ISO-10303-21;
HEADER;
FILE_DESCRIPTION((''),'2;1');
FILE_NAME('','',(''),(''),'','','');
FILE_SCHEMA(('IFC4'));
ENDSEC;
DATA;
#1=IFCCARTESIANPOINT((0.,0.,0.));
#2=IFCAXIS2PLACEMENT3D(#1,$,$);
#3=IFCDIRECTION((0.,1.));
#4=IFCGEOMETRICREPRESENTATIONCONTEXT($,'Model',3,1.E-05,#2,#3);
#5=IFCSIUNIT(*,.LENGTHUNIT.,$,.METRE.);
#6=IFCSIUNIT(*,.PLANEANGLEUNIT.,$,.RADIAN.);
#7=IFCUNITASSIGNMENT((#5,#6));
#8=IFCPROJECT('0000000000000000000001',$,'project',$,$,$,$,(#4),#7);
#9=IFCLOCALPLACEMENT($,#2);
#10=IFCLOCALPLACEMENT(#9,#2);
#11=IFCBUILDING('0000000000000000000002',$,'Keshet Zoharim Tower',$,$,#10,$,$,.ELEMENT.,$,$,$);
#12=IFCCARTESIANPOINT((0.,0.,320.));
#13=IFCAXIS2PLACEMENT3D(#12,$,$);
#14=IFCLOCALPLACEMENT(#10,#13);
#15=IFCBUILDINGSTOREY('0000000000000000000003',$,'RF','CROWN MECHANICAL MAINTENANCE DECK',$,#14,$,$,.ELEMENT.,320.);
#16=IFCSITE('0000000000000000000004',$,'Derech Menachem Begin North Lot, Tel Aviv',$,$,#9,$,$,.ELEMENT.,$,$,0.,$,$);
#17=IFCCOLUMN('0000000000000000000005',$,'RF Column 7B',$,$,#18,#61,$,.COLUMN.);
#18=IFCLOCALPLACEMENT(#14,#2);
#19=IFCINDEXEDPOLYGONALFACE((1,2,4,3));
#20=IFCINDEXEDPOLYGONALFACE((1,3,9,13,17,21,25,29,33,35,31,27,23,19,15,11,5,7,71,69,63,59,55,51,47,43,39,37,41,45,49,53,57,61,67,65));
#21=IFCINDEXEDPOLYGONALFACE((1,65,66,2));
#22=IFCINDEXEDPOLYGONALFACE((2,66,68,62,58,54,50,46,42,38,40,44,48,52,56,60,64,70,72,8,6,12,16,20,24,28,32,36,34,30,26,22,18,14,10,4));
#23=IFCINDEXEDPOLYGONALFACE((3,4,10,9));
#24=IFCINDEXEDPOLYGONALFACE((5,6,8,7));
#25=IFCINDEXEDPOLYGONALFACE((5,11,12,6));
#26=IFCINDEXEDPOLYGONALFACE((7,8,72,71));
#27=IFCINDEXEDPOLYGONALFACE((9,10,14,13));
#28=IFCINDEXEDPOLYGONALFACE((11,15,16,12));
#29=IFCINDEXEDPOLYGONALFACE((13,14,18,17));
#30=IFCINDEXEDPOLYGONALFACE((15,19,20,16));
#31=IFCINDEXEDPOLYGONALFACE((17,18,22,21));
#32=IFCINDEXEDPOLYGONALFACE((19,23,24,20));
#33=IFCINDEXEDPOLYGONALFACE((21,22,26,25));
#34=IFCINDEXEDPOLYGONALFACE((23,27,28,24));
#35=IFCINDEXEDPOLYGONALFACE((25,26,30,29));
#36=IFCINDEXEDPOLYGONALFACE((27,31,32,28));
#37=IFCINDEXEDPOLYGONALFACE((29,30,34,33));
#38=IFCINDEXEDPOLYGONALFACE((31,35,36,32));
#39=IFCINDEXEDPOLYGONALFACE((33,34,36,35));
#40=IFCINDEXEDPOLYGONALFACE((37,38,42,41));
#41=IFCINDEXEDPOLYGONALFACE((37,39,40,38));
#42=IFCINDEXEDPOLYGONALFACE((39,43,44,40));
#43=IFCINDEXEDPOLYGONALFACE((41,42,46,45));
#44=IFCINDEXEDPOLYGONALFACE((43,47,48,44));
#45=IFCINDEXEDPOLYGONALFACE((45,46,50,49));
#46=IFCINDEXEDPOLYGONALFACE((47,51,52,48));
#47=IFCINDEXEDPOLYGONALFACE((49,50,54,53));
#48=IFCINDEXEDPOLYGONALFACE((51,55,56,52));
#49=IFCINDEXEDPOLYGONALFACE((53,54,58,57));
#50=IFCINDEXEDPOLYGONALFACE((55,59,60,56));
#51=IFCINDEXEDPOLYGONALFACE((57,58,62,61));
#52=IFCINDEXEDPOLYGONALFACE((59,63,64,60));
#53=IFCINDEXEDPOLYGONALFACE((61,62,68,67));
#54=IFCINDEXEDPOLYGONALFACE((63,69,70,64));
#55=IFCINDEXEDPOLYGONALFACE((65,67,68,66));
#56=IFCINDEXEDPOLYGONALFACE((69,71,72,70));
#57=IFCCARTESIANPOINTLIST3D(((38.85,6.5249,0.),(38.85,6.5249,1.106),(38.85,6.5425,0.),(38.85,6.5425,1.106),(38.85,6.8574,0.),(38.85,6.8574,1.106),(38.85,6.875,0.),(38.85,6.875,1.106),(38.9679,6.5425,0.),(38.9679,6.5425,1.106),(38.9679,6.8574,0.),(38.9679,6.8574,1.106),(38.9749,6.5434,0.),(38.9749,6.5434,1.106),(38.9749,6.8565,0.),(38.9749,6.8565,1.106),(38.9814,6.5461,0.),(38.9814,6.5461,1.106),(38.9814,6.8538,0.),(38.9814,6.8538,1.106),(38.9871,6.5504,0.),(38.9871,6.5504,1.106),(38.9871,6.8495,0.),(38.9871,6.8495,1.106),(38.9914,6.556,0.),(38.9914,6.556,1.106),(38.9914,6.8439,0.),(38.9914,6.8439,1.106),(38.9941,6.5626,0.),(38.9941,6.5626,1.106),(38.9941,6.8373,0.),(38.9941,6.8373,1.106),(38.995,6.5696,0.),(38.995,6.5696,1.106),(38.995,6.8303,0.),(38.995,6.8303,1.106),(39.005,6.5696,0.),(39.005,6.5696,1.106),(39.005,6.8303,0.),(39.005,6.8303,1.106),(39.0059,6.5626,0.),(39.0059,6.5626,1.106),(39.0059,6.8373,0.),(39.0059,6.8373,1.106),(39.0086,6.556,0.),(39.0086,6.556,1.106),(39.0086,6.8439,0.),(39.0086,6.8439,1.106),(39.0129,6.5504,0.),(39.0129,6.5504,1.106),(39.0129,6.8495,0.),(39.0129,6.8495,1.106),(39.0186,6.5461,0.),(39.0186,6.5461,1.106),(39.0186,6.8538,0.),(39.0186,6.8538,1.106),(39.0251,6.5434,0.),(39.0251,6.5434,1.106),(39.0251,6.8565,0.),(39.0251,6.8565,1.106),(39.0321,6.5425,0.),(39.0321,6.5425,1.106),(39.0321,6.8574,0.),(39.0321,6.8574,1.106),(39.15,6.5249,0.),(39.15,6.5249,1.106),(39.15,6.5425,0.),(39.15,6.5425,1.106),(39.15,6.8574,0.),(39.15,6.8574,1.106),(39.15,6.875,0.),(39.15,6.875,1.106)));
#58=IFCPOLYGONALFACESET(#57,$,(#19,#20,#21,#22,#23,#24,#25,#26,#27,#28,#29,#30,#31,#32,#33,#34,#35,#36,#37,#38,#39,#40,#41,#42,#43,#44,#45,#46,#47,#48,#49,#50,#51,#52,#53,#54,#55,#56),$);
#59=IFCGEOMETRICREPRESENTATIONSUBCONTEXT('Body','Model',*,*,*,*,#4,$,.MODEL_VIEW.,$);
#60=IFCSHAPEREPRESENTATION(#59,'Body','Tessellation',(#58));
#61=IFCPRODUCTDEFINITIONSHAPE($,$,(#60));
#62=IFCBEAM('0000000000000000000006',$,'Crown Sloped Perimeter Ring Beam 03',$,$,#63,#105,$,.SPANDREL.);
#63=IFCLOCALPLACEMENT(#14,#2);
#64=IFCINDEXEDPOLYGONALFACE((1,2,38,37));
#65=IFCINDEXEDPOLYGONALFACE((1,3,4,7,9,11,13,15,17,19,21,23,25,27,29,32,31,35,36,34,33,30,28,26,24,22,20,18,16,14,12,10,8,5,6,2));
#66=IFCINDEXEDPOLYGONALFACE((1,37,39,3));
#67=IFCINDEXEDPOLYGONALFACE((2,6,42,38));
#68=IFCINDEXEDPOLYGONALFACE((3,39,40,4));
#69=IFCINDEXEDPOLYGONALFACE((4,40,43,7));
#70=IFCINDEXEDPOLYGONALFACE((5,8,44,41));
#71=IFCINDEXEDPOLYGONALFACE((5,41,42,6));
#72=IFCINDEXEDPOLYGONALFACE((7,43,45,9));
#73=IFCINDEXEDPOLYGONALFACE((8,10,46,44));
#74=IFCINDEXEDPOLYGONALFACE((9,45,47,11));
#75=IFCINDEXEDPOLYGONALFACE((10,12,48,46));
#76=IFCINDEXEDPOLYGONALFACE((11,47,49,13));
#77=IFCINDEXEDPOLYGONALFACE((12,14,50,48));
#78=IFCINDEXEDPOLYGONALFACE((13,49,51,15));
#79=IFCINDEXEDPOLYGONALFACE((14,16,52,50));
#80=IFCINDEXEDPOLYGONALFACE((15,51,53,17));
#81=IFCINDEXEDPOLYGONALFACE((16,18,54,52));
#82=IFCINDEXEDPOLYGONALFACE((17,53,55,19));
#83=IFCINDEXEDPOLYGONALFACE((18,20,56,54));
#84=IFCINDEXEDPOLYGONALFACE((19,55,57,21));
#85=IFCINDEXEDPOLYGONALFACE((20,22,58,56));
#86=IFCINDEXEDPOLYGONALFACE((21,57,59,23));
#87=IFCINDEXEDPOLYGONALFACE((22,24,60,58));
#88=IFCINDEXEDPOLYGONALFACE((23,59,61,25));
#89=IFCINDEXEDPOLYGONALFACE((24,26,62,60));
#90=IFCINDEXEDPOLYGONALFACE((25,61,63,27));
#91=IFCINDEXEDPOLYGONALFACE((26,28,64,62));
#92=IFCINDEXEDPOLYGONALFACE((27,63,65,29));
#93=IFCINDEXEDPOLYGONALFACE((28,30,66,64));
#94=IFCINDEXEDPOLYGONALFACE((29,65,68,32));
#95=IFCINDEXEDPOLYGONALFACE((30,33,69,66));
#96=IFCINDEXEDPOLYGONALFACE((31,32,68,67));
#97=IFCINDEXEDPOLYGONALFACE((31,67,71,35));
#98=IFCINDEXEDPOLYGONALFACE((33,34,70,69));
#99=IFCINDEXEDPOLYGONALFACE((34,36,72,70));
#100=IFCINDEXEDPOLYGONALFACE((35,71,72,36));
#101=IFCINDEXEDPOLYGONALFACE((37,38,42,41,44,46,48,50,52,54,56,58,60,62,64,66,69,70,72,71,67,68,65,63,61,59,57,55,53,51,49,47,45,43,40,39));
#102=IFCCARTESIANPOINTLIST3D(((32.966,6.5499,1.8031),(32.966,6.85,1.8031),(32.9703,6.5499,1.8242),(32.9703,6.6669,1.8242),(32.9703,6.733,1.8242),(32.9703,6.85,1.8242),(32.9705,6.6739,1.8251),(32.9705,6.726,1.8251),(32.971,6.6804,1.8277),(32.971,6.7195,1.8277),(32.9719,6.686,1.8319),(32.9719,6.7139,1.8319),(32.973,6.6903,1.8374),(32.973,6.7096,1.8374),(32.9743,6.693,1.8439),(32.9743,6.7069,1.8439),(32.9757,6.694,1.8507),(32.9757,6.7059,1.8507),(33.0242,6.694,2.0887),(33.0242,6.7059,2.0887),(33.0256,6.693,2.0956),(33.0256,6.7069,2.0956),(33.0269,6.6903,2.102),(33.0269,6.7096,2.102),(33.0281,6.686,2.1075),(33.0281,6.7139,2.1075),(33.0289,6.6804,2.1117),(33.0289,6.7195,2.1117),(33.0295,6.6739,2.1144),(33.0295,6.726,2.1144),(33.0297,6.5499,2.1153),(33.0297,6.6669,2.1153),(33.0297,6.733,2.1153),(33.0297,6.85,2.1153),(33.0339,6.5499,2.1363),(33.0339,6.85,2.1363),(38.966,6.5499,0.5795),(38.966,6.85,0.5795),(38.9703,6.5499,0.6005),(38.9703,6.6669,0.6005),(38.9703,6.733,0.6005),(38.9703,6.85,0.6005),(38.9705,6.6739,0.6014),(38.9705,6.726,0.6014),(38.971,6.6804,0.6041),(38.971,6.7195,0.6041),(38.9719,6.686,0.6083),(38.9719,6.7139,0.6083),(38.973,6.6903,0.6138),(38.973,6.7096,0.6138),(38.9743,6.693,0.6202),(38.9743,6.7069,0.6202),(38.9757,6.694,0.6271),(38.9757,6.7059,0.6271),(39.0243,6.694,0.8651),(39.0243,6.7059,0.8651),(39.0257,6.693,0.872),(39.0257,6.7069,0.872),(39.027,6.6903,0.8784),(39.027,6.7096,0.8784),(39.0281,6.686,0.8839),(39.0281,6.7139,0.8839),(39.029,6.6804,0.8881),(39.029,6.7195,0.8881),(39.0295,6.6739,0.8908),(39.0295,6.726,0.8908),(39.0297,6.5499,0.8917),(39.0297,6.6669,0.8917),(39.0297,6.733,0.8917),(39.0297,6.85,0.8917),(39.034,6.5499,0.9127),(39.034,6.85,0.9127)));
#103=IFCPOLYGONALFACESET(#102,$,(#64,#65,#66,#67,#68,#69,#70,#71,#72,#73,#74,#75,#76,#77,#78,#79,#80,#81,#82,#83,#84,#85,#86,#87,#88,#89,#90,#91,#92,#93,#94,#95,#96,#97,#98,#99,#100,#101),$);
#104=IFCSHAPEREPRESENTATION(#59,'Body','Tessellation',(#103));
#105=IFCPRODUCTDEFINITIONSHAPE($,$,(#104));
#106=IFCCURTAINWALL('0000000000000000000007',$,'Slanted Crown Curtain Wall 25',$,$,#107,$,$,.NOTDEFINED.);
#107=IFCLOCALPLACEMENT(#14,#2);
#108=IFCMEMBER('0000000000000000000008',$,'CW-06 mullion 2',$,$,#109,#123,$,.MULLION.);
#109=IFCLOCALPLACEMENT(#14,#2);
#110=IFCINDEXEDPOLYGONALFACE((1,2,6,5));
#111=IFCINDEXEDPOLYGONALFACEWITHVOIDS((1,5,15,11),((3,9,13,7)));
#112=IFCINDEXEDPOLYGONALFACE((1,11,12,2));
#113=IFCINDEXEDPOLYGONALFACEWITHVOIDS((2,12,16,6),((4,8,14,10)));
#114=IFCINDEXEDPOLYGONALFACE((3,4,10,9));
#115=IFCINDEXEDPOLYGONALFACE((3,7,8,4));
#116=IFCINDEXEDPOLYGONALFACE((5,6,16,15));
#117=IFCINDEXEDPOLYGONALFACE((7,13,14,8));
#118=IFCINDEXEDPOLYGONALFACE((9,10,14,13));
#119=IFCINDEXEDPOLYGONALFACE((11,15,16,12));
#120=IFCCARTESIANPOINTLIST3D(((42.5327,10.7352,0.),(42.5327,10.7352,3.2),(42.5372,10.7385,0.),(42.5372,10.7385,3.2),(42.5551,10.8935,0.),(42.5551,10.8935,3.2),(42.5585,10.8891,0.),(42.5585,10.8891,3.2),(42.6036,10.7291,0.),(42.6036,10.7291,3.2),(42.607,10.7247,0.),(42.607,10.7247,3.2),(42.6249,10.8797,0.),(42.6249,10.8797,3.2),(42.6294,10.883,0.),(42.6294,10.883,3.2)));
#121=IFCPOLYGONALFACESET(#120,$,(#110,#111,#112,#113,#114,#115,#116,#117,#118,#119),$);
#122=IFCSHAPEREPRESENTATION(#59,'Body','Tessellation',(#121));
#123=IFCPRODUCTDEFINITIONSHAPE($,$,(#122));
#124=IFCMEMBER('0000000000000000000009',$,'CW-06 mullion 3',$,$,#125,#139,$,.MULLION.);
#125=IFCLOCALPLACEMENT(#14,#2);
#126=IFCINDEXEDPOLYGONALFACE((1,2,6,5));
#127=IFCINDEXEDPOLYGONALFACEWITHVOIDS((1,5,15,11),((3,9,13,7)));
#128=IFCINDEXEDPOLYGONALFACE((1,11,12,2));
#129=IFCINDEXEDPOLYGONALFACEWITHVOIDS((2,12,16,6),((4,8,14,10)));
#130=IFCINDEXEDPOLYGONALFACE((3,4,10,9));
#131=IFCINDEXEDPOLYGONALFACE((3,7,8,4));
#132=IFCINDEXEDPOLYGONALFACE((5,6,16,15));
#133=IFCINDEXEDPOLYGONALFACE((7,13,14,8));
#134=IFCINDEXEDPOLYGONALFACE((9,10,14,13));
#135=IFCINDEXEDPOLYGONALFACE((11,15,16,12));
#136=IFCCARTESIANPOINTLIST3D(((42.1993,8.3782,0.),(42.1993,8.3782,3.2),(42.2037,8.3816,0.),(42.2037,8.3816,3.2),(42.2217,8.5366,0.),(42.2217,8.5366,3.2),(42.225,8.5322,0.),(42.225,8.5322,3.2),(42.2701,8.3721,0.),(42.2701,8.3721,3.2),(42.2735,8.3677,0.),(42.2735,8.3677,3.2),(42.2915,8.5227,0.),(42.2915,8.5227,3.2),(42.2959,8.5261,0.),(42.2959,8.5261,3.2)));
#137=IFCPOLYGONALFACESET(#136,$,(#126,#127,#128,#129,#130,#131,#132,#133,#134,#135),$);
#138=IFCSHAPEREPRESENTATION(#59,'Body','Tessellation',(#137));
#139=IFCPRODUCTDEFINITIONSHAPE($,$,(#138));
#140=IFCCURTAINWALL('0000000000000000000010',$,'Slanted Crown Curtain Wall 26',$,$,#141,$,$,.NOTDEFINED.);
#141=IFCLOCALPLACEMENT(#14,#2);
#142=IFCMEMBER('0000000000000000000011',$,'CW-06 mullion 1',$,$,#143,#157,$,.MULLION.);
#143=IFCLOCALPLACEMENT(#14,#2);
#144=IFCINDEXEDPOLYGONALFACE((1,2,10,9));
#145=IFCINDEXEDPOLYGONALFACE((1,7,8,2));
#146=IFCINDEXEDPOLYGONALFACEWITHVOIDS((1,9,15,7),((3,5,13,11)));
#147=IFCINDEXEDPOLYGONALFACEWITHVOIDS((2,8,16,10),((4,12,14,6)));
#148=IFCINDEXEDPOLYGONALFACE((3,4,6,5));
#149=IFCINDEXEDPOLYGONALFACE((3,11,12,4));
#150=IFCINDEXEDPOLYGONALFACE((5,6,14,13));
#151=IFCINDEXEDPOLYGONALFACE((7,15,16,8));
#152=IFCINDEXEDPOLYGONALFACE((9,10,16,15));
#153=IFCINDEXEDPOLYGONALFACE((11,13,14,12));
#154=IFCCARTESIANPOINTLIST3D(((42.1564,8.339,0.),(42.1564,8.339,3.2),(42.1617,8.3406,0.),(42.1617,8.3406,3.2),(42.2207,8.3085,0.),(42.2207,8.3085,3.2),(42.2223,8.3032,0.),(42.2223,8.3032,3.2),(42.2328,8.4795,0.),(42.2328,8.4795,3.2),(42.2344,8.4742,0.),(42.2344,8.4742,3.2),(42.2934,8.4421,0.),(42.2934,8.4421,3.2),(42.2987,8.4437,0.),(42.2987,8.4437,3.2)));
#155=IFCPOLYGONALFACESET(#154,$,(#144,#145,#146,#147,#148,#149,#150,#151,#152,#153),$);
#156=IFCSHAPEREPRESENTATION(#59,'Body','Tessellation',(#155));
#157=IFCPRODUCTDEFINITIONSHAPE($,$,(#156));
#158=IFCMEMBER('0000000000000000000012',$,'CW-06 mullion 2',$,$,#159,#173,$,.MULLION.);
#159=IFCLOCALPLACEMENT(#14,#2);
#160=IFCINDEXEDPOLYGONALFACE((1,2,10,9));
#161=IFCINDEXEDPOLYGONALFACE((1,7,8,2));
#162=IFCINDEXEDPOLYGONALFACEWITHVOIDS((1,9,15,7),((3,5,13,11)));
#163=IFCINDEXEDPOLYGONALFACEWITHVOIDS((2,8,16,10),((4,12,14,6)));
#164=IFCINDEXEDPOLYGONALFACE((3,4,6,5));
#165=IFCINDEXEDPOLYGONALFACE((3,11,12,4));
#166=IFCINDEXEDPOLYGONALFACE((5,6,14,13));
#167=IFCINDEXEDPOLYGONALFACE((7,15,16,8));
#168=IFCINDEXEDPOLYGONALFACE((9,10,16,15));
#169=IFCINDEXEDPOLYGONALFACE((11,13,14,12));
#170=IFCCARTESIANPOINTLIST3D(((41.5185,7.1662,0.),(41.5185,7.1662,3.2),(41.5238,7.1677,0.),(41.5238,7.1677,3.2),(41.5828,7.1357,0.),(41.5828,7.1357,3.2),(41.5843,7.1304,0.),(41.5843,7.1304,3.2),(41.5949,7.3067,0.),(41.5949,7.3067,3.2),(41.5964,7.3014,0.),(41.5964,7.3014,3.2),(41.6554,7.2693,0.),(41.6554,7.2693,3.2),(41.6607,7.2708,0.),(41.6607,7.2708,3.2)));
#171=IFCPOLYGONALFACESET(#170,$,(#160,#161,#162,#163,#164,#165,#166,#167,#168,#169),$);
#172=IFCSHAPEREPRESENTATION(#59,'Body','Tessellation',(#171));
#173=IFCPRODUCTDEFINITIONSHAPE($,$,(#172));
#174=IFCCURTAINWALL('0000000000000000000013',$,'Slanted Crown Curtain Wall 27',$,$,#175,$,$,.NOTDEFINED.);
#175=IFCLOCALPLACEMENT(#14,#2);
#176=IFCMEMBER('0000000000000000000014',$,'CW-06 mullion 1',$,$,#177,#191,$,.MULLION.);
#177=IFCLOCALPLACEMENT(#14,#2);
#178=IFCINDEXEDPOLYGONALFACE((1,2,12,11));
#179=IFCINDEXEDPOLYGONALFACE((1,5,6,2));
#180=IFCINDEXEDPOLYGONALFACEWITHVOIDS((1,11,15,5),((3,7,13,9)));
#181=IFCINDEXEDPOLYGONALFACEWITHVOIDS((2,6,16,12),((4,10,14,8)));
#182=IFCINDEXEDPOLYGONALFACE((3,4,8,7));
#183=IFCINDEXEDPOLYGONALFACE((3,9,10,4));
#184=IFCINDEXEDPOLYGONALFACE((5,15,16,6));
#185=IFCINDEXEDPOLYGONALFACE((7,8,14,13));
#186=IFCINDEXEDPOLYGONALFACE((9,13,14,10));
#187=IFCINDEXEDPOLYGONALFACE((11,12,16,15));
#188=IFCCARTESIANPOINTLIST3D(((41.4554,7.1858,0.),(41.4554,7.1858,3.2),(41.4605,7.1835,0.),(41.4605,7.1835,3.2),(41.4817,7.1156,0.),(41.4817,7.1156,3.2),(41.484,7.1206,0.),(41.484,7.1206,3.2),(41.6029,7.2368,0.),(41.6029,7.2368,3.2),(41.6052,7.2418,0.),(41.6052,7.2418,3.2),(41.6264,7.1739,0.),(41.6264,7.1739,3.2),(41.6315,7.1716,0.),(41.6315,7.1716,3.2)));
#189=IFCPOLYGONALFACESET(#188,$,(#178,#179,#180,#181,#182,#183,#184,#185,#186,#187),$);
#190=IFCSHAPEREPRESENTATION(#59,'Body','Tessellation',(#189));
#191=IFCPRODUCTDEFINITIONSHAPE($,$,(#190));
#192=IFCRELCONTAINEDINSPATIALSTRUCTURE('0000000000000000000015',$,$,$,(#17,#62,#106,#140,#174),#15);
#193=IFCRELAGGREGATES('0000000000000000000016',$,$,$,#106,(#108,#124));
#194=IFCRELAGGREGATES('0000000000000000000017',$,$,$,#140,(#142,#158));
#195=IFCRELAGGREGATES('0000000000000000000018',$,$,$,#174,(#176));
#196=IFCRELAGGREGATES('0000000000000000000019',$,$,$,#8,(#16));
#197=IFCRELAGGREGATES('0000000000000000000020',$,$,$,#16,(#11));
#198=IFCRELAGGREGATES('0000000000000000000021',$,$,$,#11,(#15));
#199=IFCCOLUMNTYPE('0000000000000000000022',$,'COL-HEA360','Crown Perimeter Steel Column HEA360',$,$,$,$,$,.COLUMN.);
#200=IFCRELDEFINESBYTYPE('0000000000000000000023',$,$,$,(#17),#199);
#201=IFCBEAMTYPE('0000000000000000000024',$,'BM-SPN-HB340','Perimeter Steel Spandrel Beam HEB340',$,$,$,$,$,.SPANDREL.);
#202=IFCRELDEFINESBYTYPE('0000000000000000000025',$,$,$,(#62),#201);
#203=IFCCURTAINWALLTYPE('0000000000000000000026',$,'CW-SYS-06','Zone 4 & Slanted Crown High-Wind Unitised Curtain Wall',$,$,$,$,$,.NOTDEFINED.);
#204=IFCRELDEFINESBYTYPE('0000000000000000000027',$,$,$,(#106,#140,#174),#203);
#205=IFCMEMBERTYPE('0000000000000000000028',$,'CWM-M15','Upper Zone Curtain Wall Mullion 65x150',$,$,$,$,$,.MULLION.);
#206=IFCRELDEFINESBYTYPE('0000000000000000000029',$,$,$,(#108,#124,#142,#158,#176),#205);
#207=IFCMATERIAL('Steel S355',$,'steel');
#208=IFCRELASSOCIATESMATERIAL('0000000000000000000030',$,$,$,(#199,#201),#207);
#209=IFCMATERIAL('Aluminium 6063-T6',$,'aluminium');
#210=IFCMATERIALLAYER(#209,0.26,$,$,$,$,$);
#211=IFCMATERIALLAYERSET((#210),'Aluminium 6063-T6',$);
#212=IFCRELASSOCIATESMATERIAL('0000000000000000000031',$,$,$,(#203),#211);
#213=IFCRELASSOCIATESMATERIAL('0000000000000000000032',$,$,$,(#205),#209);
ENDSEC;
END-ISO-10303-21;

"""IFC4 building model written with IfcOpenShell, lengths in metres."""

from ifc_helpers import new_model, si_unit, direction, frame, origin, origin_2d, place, context, subcontext, project, spatial, hollow_rectangle, i_section, extrude, material, layer, layer_set, material_profile, profile_set, type_object, element, aggregate, save


model = new_model("IFC4")

# Units and contexts
model_context = context("Model", 3, precision=1e-05, world=origin(), true_north=direction((0.0, 1.0)))
body_context = subcontext(model_context, "Body", "Model", "MODEL_VIEW")
ifc_project = project(units=[si_unit("LENGTHUNIT", "METRE"), si_unit("PLANEANGLEUNIT", "RADIAN")], contexts=[model_context])

# Site, building, storey
site_placement = place(None, origin())
site = spatial("IfcSite", under=ifc_project, at=site_placement, Name="Derech Menachem Begin North Lot, Tel Aviv", CompositionType="ELEMENT", RefElevation=0.0)
building_placement = place(site_placement, origin())
building = spatial("IfcBuilding", under=site, at=building_placement, Name="Keshet Zoharim Tower", CompositionType="ELEMENT")
storey_placement = place(building_placement, frame((0.0, 0.0, 320.0)))
storey = spatial("IfcBuildingStorey", under=building, at=storey_placement, Name="RF", Description="CROWN MECHANICAL MAINTENANCE DECK", CompositionType="ELEMENT", Elevation=320.0)

# Column
ifc_material_1 = material(Name="Steel S355", Category="steel")
ifc_material_profile_1 = material_profile(ifc_material_1, i_section(OverallWidth=0.3, OverallDepth=0.3501, WebThickness=0.01, FlangeThickness=0.0176, FilletRadius=0.0271, at=origin_2d()), Name="HEA360")
ifc_profile_set_1 = profile_set([ifc_material_profile_1], Name="Steel S355")
column_type = type_object("IfcColumnType", Name="COL-HEA360", Description="Crown Perimeter Steel Column HEA360", PredefinedType="COLUMN", material=ifc_profile_set_1)
column_placement = place(storey_placement, frame((39.0, 6.7, 0.0), z_axis=(0.0, 0.0, 1.0), x_axis=(1.0, 0.0, 0.0)))
element("IfcColumn", 1, at=column_placement, inside=storey, type_object=column_type, Name="RF Column 7B", PredefinedType="COLUMN", context=body_context, shape_type="SweptSolid", body=[
    extrude(i_section(OverallWidth=0.3, OverallDepth=0.3501, WebThickness=0.01, FlangeThickness=0.0176, FilletRadius=0.0271, at=origin_2d()), origin(), (0.0, 0.0, 1.0), 1.106),
])

# Beam
ifc_material_profile_2 = material_profile(ifc_material_1, i_section(OverallWidth=0.3, OverallDepth=0.3401, WebThickness=0.012, FlangeThickness=0.0215, FilletRadius=0.0271, at=origin_2d()), Name="HEB340")
ifc_profile_set_2 = profile_set([ifc_material_profile_2], Name="Steel S355")
beam_type = type_object("IfcBeamType", Name="BM-SPN-HB340", Description="Perimeter Steel Spandrel Beam HEB340", PredefinedType="SPANDREL", material=ifc_profile_set_2)
beam_placement = place(storey_placement, frame((39.0, 6.7, 0.7461), z_axis=(-0.979831, 0.0, 0.199826), x_axis=(0.0, -1.0, 0.0)))
element("IfcBeam", 2, at=beam_placement, inside=storey, type_object=beam_type, Name="Crown Sloped Perimeter Ring Beam 03", PredefinedType="SPANDREL", context=body_context, shape_type="SweptSolid", body=[
    extrude(i_section(OverallWidth=0.3, OverallDepth=0.3401, WebThickness=0.012, FlangeThickness=0.0215, FilletRadius=0.0271, at=origin_2d()), origin(), (0.0, 0.0, 1.0), 6.1235),
])

# Curtain walls, members
ifc_material_2 = material(Name="Aluminium 6063-T6", Category="aluminium")
ifc_layer_1 = layer(ifc_material_2, 0.26)
ifc_layer_set_1 = layer_set([ifc_layer_1], Name="Aluminium 6063-T6")
curtain_wall_type = type_object("IfcCurtainWallType", Name="CW-SYS-06", Description="Zone 4 & Slanted Crown High-Wind Unitised Curtain Wall", PredefinedType="NOTDEFINED", material=ifc_layer_set_1)
curtain_wall_1_placement = place(storey_placement, origin())
curtain_wall_1 = element("IfcCurtainWall", 3, at=curtain_wall_1_placement, inside=storey, type_object=curtain_wall_type, Name="Slanted Crown Curtain Wall 25", PredefinedType="NOTDEFINED")
ifc_material_profile_3 = material_profile(ifc_material_2, hollow_rectangle(XDim=0.075, YDim=0.1599, WallThickness=0.0039, at=origin_2d()), Name="MUL-75x160")
ifc_profile_set_3 = profile_set([ifc_material_profile_3], Name="Aluminium 6063-T6")
member_type_1 = type_object("IfcMemberType", Name="CWM-M15", Description="Upper Zone Curtain Wall Mullion 65x150", PredefinedType="MULLION", material=ifc_profile_set_3)
member_1_placement = place(storey_placement, frame((42.5811, 10.8091, 0.0), z_axis=(0.0, 0.0, 1.0), x_axis=(0.990139, -0.140087, 0.0)))
member_1 = element("IfcMember", 4, at=member_1_placement, type_object=member_type_1, Name="CW-06 mullion 2", PredefinedType="MULLION", context=body_context, shape_type="SweptSolid", body=[
    extrude(hollow_rectangle(XDim=0.075, YDim=0.1599, WallThickness=0.0039, at=origin_2d()), origin(), (0.0, 0.0, 1.0), 3.2),
])
member_2_placement = place(storey_placement, frame((42.2476, 8.4521, 0.0), z_axis=(0.0, 0.0, 1.0), x_axis=(0.990139, -0.140087, 0.0)))
member_2 = element("IfcMember", 5, at=member_2_placement, type_object=member_type_1, Name="CW-06 mullion 3", PredefinedType="MULLION", context=body_context, shape_type="SweptSolid", body=[
    extrude(hollow_rectangle(XDim=0.075, YDim=0.1599, WallThickness=0.0039, at=origin_2d()), origin(), (0.0, 0.0, 1.0), 3.2),
])
curtain_wall_2_placement = place(storey_placement, origin())
curtain_wall_2 = element("IfcCurtainWall", 6, at=curtain_wall_2_placement, inside=storey, type_object=curtain_wall_type, Name="Slanted Crown Curtain Wall 26", PredefinedType="NOTDEFINED")
member_3_placement = place(storey_placement, frame((42.2275, 8.3914, 0.0), z_axis=(0.0, 0.0, 1.0), x_axis=(0.878468, -0.477801, 0.0)))
member_3 = element("IfcMember", 7, at=member_3_placement, type_object=member_type_1, Name="CW-06 mullion 1", PredefinedType="MULLION", context=body_context, shape_type="SweptSolid", body=[
    extrude(hollow_rectangle(XDim=0.075, YDim=0.1599, WallThickness=0.0039, at=origin_2d()), origin(), (0.0, 0.0, 1.0), 3.2),
])
member_4_placement = place(storey_placement, frame((41.5896, 7.2185, 0.0), z_axis=(0.0, 0.0, 1.0), x_axis=(0.878468, -0.477801, 0.0)))
member_4 = element("IfcMember", 8, at=member_4_placement, type_object=member_type_1, Name="CW-06 mullion 2", PredefinedType="MULLION", context=body_context, shape_type="SweptSolid", body=[
    extrude(hollow_rectangle(XDim=0.075, YDim=0.1599, WallThickness=0.0039, at=origin_2d()), origin(), (0.0, 0.0, 1.0), 3.2),
])
curtain_wall_3_placement = place(storey_placement, origin())
curtain_wall_3 = element("IfcCurtainWall", 9, at=curtain_wall_3_placement, inside=storey, type_object=curtain_wall_type, Name="Slanted Crown Curtain Wall 27", PredefinedType="NOTDEFINED")
member_5_placement = place(storey_placement, frame((41.5435, 7.1787, 0.0), z_axis=(0.0, 0.0, 1.0), x_axis=(0.350105, -0.93671, 0.0)))
member_5 = element("IfcMember", 10, at=member_5_placement, type_object=member_type_1, Name="CW-06 mullion 1", PredefinedType="MULLION", context=body_context, shape_type="SweptSolid", body=[
    extrude(hollow_rectangle(XDim=0.075, YDim=0.1599, WallThickness=0.0039, at=origin_2d()), origin(), (0.0, 0.0, 1.0), 3.2),
])

aggregate(curtain_wall_1, [member_1, member_2])
aggregate(curtain_wall_2, [member_3, member_4])
aggregate(curtain_wall_3, [member_5])

save(model, "model.ifc")
